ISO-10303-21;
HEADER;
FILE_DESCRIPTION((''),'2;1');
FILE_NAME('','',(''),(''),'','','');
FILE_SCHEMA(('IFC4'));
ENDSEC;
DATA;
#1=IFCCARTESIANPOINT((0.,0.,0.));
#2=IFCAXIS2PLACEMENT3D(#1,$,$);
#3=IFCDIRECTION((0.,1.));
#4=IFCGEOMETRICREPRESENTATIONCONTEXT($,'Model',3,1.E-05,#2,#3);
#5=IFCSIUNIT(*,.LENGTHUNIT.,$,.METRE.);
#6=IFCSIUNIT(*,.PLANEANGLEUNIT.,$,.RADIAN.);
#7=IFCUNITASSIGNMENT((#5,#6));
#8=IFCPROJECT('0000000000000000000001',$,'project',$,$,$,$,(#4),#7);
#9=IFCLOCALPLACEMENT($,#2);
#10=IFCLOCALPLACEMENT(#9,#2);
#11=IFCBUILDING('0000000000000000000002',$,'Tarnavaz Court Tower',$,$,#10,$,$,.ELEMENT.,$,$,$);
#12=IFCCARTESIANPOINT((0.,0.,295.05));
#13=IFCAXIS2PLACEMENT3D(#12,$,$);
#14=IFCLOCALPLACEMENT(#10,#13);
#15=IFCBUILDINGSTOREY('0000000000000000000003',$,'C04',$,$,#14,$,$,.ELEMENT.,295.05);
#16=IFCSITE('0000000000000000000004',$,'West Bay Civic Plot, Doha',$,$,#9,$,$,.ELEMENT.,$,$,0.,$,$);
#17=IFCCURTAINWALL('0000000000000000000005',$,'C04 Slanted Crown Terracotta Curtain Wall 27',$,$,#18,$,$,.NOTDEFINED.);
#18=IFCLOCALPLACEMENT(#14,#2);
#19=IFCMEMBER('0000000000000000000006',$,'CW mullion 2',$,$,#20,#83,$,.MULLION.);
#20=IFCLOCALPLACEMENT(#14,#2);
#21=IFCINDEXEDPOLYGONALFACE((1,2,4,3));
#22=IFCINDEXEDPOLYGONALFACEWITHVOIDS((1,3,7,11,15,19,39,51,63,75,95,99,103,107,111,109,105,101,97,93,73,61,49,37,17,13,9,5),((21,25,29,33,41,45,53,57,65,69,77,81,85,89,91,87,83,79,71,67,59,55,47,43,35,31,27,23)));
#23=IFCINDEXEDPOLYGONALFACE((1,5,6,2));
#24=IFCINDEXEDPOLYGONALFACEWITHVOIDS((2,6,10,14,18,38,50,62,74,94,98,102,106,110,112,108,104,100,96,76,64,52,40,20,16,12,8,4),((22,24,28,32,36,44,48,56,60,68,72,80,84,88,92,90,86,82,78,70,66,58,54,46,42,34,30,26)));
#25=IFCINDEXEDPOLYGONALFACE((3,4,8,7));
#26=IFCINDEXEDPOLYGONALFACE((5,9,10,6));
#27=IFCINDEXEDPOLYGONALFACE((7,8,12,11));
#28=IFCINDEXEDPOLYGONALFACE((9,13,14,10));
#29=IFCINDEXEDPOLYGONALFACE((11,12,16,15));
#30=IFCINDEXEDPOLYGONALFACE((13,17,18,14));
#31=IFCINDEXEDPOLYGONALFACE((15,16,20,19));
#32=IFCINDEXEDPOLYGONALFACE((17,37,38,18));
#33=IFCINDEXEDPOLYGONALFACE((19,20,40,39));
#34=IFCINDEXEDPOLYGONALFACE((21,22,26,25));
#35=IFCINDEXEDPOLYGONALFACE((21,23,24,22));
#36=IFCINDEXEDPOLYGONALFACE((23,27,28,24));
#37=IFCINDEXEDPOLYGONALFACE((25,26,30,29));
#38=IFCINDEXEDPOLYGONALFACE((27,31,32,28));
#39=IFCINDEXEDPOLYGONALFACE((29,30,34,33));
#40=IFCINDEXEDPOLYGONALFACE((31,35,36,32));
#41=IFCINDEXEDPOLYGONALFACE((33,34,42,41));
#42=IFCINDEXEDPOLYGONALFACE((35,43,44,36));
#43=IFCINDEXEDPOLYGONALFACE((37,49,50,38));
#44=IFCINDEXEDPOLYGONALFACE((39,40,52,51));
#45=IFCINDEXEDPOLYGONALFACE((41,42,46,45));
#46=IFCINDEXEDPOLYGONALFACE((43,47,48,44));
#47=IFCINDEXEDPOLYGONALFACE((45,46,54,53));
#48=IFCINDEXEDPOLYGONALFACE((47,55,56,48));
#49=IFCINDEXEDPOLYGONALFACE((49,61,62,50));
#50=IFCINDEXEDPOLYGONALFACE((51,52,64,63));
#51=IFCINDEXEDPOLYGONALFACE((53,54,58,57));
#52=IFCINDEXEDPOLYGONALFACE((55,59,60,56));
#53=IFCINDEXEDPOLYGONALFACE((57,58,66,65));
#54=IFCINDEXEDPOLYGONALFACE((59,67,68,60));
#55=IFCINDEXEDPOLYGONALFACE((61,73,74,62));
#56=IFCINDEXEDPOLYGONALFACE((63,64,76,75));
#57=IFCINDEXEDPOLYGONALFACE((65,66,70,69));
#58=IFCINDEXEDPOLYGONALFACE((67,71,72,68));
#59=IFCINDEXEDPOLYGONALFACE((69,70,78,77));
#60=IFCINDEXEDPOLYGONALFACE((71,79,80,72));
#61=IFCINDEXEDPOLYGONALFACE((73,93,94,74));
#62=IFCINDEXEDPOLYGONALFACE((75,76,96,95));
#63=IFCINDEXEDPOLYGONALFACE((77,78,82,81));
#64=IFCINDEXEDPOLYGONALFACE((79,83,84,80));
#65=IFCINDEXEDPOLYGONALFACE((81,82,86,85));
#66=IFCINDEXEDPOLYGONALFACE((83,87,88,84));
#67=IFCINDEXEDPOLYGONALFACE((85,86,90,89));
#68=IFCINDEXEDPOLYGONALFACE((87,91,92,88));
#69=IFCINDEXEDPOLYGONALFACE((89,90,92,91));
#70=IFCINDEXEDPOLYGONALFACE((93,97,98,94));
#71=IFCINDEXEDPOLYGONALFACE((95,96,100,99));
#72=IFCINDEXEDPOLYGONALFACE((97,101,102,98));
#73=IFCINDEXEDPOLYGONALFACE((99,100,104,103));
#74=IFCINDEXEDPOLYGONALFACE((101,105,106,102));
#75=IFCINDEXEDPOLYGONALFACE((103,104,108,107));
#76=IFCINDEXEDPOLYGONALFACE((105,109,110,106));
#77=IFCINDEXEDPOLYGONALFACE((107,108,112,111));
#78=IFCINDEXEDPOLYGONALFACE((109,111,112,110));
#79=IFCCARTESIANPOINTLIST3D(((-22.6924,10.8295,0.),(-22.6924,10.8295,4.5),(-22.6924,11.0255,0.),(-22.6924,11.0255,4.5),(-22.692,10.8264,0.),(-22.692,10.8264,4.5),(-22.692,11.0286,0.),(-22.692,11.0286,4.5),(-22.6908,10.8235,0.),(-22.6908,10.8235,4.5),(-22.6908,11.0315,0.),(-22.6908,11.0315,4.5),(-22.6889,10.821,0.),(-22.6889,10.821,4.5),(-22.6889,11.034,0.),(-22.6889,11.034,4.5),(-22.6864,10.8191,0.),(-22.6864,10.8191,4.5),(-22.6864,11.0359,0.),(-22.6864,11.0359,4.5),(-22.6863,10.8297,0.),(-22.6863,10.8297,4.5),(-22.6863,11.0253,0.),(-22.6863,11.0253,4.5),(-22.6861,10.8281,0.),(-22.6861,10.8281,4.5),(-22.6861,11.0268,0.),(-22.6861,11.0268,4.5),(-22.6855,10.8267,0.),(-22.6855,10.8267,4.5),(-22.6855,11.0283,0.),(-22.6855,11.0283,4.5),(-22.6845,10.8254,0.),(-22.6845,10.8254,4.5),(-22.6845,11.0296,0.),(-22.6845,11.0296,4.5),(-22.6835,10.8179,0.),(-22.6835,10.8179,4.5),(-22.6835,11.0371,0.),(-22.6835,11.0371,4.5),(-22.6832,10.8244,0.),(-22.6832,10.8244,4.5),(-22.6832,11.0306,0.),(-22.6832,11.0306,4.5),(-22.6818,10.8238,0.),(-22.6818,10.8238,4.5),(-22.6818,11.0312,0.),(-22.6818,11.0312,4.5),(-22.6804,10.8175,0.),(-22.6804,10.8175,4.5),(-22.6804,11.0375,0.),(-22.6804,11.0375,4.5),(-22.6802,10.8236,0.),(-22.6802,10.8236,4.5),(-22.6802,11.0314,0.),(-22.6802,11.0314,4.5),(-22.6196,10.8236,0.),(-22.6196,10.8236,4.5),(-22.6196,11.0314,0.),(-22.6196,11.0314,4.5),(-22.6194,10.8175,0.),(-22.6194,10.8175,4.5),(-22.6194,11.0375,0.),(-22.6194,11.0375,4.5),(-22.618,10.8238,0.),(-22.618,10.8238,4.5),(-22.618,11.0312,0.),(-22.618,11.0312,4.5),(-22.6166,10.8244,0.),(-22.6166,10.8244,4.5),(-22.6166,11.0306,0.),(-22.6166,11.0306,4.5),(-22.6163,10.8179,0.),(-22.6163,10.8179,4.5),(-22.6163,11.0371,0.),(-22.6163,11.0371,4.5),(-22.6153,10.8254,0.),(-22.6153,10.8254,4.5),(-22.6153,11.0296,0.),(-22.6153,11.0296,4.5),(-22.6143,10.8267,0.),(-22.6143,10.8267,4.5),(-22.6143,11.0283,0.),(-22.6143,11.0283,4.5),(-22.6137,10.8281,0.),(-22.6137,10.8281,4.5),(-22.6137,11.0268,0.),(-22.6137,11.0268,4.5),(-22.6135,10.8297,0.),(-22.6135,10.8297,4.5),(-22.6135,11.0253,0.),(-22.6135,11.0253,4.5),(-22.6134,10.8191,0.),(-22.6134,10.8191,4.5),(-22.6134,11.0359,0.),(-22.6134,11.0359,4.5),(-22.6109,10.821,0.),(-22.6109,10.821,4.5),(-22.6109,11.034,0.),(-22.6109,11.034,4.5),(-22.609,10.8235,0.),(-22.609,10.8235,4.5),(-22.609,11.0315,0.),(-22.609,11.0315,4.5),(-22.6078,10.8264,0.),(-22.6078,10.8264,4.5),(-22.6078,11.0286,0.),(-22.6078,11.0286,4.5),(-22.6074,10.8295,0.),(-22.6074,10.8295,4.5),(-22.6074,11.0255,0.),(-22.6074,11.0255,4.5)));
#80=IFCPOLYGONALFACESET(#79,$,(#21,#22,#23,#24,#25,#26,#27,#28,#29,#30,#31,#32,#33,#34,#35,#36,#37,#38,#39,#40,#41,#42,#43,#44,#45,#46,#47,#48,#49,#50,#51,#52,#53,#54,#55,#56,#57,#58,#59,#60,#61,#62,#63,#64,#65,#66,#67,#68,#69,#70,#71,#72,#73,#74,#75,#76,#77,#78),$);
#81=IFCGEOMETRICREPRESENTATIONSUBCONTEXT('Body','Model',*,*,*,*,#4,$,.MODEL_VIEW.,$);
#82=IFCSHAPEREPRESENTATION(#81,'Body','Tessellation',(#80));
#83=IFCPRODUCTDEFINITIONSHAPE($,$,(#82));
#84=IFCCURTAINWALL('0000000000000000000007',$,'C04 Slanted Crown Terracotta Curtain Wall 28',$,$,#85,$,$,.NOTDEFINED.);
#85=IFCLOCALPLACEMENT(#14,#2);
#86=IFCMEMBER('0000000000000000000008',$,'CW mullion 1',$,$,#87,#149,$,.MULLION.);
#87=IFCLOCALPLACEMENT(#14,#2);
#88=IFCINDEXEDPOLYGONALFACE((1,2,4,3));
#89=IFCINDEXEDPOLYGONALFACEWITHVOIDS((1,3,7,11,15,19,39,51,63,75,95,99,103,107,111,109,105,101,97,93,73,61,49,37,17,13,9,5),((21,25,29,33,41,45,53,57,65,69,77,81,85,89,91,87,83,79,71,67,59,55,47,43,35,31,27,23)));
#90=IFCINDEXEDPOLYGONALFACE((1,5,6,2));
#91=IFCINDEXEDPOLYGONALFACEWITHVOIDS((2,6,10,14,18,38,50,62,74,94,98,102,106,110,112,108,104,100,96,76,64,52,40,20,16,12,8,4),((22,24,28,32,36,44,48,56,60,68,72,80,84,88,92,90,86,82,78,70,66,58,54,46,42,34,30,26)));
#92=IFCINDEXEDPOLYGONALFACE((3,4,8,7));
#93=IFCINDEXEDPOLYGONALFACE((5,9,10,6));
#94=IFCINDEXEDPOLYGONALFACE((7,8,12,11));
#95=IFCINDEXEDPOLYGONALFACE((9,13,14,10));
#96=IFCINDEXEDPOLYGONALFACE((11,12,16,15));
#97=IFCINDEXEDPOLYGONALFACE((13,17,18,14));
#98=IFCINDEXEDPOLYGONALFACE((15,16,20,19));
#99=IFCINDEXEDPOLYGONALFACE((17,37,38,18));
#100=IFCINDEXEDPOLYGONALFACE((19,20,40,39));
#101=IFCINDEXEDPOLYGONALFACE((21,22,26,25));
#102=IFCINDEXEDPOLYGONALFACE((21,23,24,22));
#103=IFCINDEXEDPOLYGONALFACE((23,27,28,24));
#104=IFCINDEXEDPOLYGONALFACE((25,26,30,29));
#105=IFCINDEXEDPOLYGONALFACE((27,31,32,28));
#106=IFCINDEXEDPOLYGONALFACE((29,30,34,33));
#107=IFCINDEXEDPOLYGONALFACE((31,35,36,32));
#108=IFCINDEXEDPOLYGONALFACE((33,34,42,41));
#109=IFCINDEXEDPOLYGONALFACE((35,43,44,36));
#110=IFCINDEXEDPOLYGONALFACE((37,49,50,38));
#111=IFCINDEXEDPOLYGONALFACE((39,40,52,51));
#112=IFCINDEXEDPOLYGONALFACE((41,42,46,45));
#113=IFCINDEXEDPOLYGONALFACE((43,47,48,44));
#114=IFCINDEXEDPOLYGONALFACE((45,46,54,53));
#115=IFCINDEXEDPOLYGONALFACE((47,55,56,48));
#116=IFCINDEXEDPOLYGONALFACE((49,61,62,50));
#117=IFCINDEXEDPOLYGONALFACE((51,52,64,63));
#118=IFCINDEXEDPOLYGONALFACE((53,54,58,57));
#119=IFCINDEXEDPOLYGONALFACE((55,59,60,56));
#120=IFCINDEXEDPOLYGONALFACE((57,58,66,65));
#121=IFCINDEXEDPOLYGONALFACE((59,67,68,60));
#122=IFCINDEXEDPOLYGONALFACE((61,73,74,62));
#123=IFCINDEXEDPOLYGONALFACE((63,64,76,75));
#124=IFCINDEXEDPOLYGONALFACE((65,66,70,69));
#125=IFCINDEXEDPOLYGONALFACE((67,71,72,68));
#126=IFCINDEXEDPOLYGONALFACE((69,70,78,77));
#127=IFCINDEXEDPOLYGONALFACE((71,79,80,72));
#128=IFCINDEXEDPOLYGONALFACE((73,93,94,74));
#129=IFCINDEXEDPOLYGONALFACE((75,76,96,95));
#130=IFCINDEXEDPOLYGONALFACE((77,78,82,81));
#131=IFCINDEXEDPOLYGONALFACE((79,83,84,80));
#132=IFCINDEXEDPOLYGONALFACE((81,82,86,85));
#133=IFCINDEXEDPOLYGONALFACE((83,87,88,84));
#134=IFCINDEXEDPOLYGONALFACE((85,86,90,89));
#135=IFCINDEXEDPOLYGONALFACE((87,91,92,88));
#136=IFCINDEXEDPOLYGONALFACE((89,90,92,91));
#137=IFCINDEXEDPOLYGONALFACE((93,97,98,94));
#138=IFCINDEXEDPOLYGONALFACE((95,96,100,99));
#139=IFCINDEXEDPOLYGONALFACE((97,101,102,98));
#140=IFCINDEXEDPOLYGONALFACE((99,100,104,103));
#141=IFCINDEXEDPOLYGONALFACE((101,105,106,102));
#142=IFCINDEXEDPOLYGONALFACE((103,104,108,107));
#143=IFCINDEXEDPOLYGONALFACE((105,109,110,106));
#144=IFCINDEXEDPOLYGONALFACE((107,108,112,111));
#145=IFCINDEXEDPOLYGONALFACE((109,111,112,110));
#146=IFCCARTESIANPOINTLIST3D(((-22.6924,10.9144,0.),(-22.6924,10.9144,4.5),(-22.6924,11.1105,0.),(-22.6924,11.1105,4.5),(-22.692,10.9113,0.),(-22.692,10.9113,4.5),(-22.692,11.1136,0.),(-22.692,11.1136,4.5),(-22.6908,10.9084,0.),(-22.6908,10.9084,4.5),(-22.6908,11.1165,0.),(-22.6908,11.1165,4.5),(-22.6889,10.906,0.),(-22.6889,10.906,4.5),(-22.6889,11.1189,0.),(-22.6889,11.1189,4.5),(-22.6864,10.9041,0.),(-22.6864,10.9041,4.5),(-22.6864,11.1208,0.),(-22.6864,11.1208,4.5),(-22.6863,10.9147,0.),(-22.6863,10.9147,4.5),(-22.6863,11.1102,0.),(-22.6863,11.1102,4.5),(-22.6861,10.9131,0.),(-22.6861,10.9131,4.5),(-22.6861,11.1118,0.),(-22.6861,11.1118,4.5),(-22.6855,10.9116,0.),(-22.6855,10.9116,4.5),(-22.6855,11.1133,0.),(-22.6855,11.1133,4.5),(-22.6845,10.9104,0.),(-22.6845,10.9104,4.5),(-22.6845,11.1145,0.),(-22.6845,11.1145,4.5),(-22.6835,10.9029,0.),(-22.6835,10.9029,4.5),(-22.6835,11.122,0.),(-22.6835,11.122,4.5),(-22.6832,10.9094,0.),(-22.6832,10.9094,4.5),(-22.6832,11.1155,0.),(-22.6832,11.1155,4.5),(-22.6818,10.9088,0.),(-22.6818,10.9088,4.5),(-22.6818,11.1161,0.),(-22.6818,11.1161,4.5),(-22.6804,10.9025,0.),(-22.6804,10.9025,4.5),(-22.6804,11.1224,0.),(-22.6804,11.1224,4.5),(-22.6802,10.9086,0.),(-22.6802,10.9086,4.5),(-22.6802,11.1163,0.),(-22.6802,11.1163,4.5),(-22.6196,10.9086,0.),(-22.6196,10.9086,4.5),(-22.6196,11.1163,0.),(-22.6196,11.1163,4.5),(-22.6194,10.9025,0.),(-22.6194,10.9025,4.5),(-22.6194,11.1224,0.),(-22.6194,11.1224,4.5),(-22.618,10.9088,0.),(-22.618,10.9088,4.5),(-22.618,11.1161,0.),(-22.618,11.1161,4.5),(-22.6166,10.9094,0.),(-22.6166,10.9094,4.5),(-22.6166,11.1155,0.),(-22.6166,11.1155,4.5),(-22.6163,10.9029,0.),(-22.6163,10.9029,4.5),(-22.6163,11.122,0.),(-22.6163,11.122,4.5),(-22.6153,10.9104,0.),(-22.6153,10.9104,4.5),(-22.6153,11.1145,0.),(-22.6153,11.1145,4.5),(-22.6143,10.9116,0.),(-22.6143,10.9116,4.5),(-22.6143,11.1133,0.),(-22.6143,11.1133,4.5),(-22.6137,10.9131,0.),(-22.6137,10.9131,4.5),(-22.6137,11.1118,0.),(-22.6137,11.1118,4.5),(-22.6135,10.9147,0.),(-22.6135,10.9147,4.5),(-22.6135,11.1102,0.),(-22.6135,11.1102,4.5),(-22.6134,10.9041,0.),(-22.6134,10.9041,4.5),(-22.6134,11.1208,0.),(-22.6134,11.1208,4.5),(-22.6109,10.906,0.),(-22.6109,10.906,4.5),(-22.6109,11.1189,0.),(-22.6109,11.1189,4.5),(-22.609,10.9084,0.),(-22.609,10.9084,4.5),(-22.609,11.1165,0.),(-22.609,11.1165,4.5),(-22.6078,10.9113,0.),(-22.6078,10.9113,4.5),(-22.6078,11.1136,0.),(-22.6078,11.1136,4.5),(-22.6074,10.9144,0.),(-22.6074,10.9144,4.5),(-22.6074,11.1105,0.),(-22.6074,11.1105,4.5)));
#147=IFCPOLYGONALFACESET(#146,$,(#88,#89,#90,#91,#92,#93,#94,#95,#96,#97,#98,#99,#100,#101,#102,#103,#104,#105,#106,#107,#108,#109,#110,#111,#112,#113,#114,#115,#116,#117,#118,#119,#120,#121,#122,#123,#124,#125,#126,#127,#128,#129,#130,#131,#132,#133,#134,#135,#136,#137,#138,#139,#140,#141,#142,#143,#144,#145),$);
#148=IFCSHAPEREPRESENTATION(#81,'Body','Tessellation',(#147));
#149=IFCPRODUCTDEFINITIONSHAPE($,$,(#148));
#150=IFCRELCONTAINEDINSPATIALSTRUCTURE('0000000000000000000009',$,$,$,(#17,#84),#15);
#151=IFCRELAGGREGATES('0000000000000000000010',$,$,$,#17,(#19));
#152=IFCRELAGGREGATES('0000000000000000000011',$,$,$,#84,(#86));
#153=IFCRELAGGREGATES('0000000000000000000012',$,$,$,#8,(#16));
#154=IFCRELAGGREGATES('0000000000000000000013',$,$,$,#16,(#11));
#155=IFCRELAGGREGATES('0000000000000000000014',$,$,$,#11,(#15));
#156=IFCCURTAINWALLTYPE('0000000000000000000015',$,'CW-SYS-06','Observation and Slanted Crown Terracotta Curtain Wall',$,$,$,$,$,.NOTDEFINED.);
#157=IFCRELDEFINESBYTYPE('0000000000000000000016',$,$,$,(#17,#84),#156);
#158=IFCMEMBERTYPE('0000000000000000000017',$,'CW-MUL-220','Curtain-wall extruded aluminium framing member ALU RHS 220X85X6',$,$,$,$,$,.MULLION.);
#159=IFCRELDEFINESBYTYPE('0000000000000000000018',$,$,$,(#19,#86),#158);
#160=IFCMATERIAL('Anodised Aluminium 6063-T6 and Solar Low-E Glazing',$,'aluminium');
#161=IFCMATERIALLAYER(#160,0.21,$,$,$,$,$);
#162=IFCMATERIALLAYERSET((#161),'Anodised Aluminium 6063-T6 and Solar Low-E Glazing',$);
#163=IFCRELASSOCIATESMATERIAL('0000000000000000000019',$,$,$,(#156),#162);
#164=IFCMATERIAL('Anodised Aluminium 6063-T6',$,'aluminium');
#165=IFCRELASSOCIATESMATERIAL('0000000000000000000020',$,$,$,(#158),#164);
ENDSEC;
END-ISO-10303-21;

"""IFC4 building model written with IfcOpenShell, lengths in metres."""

from ifc_helpers import new_model, si_unit, direction, frame, origin, origin_2d, place, context, subcontext, project, spatial, hollow_rectangle, extrude, material, layer, layer_set, material_profile, profile_set, type_object, element, aggregate, save


model = new_model("IFC4")

# Units and contexts
model_context = context("Model", 3, precision=1e-05, world=origin(), true_north=direction((0.0, 1.0)))
body_context = subcontext(model_context, "Body", "Model", "MODEL_VIEW")
ifc_project = project(units=[si_unit("LENGTHUNIT", "METRE"), si_unit("PLANEANGLEUNIT", "RADIAN")], contexts=[model_context])

# Site, building, storey
site_placement = place(None, origin())
site = spatial("IfcSite", under=ifc_project, at=site_placement, Name="West Bay Civic Plot, Doha", CompositionType="ELEMENT", RefElevation=0.0)
building_placement = place(site_placement, origin())
building = spatial("IfcBuilding", under=site, at=building_placement, Name="Tarnavaz Court Tower", CompositionType="ELEMENT")
storey_placement = place(building_placement, frame((0.0, 0.0, 295.05)))
storey = spatial("IfcBuildingStorey", under=building, at=storey_placement, Name="C04", CompositionType="ELEMENT", Elevation=295.05)

# Shared definitions
ifc_material_1 = material(Name="Anodised Aluminium 6063-T6 and Solar Low-E Glazing", Category="aluminium")
ifc_layer_1 = layer(ifc_material_1, 0.21)
ifc_layer_set_1 = layer_set([ifc_layer_1], Name="Anodised Aluminium 6063-T6 and Solar Low-E Glazing")
curtain_wall_type = type_object("IfcCurtainWallType", Name="CW-SYS-06", Description="Observation and Slanted Crown Terracotta Curtain Wall", PredefinedType="NOTDEFINED", material=ifc_layer_set_1)
ifc_material_2 = material(Name="Anodised Aluminium 6063-T6", Category="aluminium")
ifc_material_profile_1 = material_profile(ifc_material_2, hollow_rectangle(XDim=0.085, YDim=0.22, WallThickness=0.0061, InnerFilletRadius=0.0061, OuterFilletRadius=0.012, at=origin_2d()), Name="ALU RHS 220X85X6")
ifc_profile_set_1 = profile_set([ifc_material_profile_1], Name="Anodised Aluminium 6063-T6")
member_type_1 = type_object("IfcMemberType", Name="CW-MUL-220", Description="Curtain-wall extruded aluminium framing member ALU RHS 220X85X6", PredefinedType="MULLION", material=ifc_profile_set_1)

# Curtain walls, members
curtain_wall_1_placement = place(storey_placement, origin())
curtain_wall_1 = element("IfcCurtainWall", 1, at=curtain_wall_1_placement, inside=storey, type_object=curtain_wall_type, Name="C04 Slanted Crown Terracotta Curtain Wall 27", PredefinedType="NOTDEFINED")
member_1_placement = place(storey_placement, frame((-22.6499, 10.9275, 0.0), z_axis=(0.0, 0.0, 1.0), x_axis=(-1.0, 0.0, 0.0)))
member_1 = element("IfcMember", 2, at=member_1_placement, type_object=member_type_1, Name="CW mullion 2", PredefinedType="MULLION", context=body_context, shape_type="SweptSolid", body=[
    extrude(hollow_rectangle(XDim=0.085, YDim=0.22, WallThickness=0.0061, InnerFilletRadius=0.0061, OuterFilletRadius=0.012, at=origin_2d()), origin(), (0.0, 0.0, 1.0), 4.5),
])
curtain_wall_2_placement = place(storey_placement, origin())
curtain_wall_2 = element("IfcCurtainWall", 3, at=curtain_wall_2_placement, inside=storey, type_object=curtain_wall_type, Name="C04 Slanted Crown Terracotta Curtain Wall 28", PredefinedType="NOTDEFINED")
member_2_placement = place(storey_placement, frame((-22.6499, 11.0125, 0.0), z_axis=(0.0, 0.0, 1.0), x_axis=(-1.0, 0.0, 0.0)))
member_2 = element("IfcMember", 4, at=member_2_placement, type_object=member_type_1, Name="CW mullion 1", PredefinedType="MULLION", context=body_context, shape_type="SweptSolid", body=[
    extrude(hollow_rectangle(XDim=0.085, YDim=0.22, WallThickness=0.0061, InnerFilletRadius=0.0061, OuterFilletRadius=0.012, at=origin_2d()), origin(), (0.0, 0.0, 1.0), 4.5),
])

aggregate(curtain_wall_1, [member_1])
aggregate(curtain_wall_2, [member_2])

save(model, "model.ifc")
